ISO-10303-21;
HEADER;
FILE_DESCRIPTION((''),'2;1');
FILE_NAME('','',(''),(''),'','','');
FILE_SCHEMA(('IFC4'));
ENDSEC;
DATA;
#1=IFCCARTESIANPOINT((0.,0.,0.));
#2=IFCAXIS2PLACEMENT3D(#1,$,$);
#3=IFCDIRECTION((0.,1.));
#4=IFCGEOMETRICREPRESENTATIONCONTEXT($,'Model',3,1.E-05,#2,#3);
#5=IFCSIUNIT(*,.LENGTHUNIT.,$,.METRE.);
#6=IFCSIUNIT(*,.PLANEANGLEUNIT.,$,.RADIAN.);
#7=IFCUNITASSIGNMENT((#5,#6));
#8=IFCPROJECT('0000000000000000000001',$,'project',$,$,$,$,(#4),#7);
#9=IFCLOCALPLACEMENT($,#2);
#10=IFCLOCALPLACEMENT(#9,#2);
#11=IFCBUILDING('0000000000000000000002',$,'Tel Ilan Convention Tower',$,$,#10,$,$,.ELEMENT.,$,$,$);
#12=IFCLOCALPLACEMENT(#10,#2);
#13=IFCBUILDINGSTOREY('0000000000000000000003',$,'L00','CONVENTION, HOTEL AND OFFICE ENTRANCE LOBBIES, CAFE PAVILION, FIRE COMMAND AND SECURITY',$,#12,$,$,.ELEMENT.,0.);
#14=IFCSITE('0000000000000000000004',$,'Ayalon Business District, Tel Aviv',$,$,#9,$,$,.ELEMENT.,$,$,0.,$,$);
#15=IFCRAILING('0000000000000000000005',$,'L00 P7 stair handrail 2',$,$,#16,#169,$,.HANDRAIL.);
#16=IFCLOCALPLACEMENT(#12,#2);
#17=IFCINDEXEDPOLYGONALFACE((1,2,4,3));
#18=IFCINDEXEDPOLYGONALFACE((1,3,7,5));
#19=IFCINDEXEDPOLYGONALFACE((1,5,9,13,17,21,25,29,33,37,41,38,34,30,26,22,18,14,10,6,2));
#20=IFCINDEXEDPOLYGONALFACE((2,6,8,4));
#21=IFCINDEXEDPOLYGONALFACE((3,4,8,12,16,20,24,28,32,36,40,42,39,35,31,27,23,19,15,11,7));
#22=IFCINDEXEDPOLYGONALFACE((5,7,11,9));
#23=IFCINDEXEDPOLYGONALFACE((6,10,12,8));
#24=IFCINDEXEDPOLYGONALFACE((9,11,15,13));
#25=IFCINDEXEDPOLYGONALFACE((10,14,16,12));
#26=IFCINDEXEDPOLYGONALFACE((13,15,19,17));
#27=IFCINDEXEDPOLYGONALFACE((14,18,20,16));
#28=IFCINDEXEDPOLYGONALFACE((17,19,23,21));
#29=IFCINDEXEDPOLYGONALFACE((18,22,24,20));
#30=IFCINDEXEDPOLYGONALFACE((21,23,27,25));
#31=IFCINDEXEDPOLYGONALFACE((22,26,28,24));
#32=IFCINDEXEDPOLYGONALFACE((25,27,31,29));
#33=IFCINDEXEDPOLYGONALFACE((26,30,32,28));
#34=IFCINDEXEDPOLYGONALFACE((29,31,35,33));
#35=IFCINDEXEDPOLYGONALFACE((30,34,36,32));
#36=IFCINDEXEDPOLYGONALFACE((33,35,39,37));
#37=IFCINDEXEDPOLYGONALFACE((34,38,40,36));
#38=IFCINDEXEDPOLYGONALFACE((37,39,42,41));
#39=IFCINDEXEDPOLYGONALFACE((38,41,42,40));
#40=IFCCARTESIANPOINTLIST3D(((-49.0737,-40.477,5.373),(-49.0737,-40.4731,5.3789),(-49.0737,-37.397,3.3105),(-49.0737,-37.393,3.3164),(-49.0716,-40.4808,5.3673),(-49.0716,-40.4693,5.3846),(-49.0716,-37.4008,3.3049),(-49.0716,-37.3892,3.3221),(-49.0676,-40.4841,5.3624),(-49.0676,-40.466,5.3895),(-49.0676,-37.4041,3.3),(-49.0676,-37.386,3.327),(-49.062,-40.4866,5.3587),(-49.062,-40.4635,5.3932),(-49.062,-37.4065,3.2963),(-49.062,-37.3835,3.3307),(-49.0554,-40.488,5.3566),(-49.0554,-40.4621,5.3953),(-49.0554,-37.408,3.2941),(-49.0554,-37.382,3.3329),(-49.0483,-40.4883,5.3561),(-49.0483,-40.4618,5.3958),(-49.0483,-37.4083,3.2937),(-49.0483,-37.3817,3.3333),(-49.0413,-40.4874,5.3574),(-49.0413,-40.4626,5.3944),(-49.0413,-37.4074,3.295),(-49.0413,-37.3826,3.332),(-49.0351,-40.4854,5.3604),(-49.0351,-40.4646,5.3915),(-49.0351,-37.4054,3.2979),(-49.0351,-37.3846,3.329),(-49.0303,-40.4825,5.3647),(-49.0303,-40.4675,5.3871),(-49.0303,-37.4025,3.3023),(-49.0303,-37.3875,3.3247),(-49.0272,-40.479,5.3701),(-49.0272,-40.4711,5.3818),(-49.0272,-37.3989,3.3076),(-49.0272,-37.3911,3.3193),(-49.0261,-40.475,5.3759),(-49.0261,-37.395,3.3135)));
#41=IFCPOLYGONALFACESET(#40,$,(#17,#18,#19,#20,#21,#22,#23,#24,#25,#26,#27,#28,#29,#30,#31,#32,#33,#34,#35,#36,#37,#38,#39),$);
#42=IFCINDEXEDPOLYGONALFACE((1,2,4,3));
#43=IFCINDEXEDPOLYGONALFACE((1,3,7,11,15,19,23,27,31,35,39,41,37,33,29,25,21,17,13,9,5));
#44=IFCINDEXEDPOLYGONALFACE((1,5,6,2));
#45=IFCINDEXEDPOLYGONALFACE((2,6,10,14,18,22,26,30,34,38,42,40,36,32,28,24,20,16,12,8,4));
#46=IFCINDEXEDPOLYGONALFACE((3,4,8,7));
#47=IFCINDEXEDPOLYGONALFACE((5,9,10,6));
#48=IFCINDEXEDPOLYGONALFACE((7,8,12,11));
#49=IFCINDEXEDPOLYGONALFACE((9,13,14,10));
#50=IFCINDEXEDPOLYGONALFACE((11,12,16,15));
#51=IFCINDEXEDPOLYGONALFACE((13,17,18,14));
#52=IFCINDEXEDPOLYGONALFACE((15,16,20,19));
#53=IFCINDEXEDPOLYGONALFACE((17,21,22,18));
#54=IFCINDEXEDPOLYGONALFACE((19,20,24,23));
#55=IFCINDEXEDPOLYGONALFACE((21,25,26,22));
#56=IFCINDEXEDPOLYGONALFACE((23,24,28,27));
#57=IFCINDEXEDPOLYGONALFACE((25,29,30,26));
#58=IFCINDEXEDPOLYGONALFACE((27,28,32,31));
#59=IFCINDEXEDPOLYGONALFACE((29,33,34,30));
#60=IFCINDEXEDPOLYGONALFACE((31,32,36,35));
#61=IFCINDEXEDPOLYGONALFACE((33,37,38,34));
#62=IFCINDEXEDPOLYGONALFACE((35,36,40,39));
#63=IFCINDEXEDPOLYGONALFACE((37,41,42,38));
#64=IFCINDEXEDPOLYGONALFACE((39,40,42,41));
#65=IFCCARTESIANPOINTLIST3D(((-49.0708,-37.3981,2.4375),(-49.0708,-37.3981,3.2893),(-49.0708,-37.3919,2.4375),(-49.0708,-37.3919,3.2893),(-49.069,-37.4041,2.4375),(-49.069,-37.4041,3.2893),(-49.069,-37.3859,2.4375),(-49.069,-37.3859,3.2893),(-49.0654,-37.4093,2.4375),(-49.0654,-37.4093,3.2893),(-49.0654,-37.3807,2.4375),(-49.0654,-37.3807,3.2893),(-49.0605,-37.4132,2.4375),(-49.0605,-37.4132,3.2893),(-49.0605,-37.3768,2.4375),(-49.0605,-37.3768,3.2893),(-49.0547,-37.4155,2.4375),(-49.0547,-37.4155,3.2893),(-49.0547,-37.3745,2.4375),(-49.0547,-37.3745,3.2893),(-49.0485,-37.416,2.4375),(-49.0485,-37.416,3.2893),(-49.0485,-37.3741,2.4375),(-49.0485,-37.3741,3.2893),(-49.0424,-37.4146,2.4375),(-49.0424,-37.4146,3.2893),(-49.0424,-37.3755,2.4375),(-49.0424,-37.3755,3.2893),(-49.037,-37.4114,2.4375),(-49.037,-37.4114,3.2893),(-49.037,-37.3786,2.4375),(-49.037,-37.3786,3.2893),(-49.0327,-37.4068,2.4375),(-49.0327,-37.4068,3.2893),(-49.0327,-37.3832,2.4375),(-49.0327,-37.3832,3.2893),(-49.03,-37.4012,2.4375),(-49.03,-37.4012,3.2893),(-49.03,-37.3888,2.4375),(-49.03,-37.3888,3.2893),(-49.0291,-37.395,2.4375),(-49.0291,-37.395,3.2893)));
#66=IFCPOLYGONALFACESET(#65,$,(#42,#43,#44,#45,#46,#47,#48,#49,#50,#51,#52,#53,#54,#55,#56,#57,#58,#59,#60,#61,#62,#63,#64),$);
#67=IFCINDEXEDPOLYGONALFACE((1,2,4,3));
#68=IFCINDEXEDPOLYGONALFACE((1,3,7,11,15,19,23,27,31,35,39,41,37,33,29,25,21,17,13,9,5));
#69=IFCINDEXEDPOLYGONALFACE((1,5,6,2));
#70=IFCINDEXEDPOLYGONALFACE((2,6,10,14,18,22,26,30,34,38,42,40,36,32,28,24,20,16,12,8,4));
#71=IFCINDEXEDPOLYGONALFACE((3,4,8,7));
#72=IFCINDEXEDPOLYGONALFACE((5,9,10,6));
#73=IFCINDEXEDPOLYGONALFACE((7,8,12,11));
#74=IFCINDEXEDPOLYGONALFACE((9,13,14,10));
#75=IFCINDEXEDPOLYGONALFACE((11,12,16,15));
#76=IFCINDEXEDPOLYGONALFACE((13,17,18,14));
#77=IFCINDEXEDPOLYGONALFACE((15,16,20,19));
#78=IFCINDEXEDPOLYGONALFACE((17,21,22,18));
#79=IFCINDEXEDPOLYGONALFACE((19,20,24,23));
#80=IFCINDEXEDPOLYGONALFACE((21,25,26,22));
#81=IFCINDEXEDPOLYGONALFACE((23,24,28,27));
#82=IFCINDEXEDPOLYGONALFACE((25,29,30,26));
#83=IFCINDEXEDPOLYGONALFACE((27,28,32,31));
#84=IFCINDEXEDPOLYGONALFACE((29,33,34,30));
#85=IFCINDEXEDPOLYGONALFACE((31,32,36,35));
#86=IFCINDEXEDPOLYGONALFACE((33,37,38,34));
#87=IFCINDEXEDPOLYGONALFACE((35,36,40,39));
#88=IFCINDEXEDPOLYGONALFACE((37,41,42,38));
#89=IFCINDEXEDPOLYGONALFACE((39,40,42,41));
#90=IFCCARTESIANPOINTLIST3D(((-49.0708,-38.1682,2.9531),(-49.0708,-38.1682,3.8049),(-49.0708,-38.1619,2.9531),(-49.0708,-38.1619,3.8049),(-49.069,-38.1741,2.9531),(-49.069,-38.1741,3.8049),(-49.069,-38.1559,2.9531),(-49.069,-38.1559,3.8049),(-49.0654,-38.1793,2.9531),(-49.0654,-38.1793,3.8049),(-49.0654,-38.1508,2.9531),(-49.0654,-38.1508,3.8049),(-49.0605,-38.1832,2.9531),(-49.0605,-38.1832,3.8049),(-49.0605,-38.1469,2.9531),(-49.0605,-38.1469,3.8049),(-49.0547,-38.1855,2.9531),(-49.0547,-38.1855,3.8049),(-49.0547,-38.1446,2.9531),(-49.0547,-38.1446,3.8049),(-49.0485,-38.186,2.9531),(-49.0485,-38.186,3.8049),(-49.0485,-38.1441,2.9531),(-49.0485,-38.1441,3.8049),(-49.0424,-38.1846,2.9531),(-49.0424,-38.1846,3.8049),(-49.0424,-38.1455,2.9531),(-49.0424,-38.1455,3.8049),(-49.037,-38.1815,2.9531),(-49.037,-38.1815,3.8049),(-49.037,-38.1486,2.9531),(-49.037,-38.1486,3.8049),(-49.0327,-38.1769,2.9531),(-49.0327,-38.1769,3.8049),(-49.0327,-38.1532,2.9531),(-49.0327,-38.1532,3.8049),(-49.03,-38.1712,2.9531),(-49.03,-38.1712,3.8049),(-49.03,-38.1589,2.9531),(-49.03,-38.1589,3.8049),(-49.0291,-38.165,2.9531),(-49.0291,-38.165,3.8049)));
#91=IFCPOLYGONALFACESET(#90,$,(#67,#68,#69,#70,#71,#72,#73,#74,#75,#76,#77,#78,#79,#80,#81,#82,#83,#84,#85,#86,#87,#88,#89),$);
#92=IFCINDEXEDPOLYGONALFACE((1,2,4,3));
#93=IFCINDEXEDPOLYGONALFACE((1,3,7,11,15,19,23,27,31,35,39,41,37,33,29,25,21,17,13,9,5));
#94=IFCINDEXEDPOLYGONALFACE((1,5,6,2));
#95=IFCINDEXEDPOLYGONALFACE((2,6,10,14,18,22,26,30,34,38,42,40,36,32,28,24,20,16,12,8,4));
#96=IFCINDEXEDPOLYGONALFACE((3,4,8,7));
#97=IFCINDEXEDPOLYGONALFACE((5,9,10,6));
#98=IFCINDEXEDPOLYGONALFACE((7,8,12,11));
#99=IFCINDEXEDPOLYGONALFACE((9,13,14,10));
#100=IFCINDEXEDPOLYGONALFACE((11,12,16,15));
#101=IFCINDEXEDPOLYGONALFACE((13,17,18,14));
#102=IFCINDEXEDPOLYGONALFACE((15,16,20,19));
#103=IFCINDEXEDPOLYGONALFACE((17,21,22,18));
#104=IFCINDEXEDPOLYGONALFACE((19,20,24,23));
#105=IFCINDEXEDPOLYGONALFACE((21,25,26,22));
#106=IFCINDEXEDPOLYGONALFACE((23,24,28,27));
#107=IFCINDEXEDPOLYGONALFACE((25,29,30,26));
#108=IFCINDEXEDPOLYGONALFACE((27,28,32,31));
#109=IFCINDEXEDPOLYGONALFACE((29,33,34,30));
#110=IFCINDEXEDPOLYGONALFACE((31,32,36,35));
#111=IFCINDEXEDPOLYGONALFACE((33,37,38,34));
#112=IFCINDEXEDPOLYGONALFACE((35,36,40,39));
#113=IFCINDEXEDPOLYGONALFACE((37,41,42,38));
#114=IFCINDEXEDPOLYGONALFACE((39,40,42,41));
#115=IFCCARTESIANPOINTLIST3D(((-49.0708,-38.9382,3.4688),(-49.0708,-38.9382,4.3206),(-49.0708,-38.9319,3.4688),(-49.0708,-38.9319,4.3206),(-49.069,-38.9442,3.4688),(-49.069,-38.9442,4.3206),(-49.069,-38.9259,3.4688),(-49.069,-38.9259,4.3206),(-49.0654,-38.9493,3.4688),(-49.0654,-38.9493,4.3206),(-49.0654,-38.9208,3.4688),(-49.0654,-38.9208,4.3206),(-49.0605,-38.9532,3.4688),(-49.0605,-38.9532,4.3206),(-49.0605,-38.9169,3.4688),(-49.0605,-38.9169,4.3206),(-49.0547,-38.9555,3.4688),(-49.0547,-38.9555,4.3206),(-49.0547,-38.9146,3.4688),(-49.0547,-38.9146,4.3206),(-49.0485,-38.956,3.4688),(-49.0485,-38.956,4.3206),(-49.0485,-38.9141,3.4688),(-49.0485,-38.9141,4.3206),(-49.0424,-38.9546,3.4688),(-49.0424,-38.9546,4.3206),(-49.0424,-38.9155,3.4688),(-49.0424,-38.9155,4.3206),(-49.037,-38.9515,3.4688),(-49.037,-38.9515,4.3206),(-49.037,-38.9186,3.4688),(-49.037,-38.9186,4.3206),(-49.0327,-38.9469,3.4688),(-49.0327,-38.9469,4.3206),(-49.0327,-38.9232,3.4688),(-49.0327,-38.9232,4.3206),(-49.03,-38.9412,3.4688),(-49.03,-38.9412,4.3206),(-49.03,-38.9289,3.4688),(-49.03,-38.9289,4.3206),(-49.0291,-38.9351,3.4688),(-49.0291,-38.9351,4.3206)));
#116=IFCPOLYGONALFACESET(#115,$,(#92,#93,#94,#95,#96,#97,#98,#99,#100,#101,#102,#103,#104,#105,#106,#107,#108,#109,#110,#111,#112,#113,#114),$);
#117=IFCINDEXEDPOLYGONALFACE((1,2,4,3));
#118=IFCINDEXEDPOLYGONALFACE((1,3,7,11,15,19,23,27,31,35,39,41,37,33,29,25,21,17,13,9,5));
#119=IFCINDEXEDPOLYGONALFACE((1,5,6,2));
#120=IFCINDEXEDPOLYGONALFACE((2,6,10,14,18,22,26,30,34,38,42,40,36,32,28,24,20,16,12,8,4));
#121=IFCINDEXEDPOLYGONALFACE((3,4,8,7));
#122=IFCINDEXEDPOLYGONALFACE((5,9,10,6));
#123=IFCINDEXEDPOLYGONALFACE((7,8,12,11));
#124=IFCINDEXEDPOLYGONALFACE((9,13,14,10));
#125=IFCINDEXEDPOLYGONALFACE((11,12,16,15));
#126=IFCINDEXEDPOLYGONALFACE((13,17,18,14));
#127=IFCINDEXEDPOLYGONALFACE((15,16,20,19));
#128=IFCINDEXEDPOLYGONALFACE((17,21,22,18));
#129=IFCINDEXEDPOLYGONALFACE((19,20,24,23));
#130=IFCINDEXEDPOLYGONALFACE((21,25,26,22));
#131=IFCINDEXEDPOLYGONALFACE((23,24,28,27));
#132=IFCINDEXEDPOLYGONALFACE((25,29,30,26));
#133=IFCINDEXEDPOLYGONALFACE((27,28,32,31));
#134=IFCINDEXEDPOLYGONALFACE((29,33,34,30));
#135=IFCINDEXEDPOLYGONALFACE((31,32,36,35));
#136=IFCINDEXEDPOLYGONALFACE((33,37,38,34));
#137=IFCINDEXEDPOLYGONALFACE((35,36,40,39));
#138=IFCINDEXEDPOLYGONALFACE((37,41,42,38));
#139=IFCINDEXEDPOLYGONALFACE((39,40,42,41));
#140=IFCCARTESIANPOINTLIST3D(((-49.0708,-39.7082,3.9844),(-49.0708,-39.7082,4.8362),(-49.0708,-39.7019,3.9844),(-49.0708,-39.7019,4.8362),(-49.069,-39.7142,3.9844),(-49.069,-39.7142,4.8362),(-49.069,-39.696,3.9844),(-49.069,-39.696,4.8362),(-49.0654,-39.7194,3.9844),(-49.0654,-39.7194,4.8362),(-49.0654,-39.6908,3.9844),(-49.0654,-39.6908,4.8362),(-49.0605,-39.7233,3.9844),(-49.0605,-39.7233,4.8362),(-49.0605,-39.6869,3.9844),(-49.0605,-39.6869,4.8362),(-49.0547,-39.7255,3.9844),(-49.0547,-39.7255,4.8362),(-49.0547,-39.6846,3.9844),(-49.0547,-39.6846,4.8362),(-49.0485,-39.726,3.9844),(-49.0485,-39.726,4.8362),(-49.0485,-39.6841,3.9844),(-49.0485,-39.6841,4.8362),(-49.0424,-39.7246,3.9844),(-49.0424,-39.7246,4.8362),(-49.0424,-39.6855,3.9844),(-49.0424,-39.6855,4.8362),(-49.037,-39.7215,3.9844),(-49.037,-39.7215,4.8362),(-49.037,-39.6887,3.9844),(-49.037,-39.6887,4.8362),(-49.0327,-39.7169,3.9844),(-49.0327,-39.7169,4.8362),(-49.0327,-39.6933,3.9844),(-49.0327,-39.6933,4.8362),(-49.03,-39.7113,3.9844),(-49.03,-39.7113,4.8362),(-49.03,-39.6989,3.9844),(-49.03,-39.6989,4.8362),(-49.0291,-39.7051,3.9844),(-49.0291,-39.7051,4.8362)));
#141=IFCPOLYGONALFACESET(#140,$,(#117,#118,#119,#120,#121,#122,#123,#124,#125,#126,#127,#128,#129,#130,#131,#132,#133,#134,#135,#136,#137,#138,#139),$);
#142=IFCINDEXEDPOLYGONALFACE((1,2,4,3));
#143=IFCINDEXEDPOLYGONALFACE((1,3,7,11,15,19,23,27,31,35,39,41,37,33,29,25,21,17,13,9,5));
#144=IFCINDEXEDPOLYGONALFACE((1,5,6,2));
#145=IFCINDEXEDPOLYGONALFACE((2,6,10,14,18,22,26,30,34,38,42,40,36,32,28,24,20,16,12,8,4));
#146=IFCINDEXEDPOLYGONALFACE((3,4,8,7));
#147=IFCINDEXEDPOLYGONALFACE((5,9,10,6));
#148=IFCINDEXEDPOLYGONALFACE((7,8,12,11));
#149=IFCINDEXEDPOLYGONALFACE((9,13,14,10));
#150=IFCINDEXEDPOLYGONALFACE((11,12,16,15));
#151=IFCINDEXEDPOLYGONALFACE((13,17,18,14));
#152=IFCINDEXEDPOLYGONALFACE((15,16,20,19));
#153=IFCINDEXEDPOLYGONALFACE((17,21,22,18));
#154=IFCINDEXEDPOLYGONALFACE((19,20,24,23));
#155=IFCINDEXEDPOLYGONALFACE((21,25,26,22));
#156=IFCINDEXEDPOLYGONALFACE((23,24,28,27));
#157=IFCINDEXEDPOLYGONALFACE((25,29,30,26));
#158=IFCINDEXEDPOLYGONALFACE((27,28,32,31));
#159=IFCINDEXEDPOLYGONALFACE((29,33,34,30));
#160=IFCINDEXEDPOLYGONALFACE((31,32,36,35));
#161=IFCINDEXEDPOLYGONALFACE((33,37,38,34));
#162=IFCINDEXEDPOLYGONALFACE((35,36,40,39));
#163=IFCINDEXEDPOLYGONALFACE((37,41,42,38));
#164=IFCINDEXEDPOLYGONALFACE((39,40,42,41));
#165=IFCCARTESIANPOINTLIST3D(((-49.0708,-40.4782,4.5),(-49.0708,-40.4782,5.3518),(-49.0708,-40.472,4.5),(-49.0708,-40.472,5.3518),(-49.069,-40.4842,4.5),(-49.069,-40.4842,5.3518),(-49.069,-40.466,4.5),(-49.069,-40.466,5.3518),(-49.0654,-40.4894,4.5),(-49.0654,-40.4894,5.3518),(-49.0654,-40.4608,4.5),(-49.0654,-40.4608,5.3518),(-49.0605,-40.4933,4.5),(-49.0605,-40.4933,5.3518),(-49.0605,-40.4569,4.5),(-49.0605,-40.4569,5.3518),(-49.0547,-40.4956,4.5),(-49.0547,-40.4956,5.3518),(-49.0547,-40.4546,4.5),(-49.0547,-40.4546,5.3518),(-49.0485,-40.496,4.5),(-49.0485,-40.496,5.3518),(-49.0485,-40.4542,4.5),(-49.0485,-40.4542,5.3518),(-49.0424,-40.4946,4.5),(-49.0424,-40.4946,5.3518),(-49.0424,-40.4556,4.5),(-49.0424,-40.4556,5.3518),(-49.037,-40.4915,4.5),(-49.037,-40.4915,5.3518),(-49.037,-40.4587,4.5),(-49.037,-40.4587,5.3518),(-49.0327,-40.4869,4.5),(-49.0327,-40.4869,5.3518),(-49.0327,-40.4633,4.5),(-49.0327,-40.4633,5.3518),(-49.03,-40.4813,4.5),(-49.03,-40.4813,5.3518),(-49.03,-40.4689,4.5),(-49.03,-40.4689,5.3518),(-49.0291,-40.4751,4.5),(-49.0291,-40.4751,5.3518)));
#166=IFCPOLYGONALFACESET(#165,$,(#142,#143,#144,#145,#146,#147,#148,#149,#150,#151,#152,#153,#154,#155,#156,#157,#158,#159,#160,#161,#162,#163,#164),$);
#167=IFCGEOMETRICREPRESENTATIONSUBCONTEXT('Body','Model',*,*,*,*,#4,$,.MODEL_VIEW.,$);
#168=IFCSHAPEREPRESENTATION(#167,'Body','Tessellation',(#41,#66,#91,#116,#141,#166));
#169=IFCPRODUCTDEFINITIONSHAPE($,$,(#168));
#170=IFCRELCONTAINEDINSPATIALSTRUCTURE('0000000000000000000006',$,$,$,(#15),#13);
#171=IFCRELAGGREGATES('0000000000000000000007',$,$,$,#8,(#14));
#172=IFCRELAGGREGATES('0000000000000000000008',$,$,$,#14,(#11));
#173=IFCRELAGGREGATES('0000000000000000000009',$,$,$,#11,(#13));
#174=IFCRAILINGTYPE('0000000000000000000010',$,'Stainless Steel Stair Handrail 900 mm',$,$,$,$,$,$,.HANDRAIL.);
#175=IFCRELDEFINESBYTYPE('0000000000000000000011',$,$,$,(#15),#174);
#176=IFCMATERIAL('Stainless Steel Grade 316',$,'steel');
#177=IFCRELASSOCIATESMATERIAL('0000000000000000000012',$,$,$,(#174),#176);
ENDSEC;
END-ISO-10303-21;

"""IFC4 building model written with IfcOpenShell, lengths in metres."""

from ifc_helpers import new_model, si_unit, direction, frame, origin, origin_2d, place, context, subcontext, project, spatial, circle, extrude, material, type_object, element, save


model = new_model("IFC4")

# Units and contexts
model_context = context("Model", 3, precision=1e-05, world=origin(), true_north=direction((0.0, 1.0)))
body_context = subcontext(model_context, "Body", "Model", "MODEL_VIEW")
ifc_project = project(units=[si_unit("LENGTHUNIT", "METRE"), si_unit("PLANEANGLEUNIT", "RADIAN")], contexts=[model_context])

# Site, building, storey
site_placement = place(None, origin())
site = spatial("IfcSite", under=ifc_project, at=site_placement, Name="Ayalon Business District, Tel Aviv", CompositionType="ELEMENT", RefElevation=0.0)
building_placement = place(site_placement, origin())
building = spatial("IfcBuilding", under=site, at=building_placement, Name="Tel Ilan Convention Tower", CompositionType="ELEMENT")
storey_placement = place(building_placement, origin())
storey = spatial("IfcBuildingStorey", under=building, at=storey_placement, Name="L00", Description="CONVENTION, HOTEL AND OFFICE ENTRANCE LOBBIES, CAFE PAVILION, FIRE COMMAND AND SECURITY", CompositionType="ELEMENT", Elevation=0.0)

# Railing
ifc_material_1 = material(Name="Stainless Steel Grade 316", Category="steel")
railing_type_1 = type_object("IfcRailingType", Name="Stainless Steel Stair Handrail 900 mm", PredefinedType="HANDRAIL", material=ifc_material_1)
for number, where, name in (
    (1, (-49.05, -37.395, 2.4375), "L00 P7 stair handrail 2"),
):
    element("IfcRailing", number, at=place(storey_placement, frame(where)), inside=storey, type_object=railing_type_1, Name=name, PredefinedType="HANDRAIL", context=body_context, shape_type="SweptSolid", body=[
        extrude(circle(Radius=0.0239, at=origin_2d()), frame((0.0, 0.0, 0.876), z_axis=(0.0, -0.830914, 0.556401), x_axis=(1.0, 0.0, 0.0)), (0.0, 0.0, 1.0), 3.7068),
        extrude(circle(Radius=0.021, at=origin_2d()), origin(), (0.0, 0.0, 1.0), 0.8518),
        extrude(circle(Radius=0.021, at=origin_2d()), frame((0.0, -0.77, 0.5156)), (0.0, 0.0, 1.0), 0.8518),
        extrude(circle(Radius=0.021, at=origin_2d()), frame((0.0, -1.54, 1.0312)), (0.0, 0.0, 1.0), 0.8518),
        extrude(circle(Radius=0.021, at=origin_2d()), frame((0.0, -2.3101, 1.5469)), (0.0, 0.0, 1.0), 0.8518),
        extrude(circle(Radius=0.021, at=origin_2d()), frame((0.0, -3.0801, 2.0625)), (0.0, 0.0, 1.0), 0.8518),
    ])

save(model, "model.ifc")
